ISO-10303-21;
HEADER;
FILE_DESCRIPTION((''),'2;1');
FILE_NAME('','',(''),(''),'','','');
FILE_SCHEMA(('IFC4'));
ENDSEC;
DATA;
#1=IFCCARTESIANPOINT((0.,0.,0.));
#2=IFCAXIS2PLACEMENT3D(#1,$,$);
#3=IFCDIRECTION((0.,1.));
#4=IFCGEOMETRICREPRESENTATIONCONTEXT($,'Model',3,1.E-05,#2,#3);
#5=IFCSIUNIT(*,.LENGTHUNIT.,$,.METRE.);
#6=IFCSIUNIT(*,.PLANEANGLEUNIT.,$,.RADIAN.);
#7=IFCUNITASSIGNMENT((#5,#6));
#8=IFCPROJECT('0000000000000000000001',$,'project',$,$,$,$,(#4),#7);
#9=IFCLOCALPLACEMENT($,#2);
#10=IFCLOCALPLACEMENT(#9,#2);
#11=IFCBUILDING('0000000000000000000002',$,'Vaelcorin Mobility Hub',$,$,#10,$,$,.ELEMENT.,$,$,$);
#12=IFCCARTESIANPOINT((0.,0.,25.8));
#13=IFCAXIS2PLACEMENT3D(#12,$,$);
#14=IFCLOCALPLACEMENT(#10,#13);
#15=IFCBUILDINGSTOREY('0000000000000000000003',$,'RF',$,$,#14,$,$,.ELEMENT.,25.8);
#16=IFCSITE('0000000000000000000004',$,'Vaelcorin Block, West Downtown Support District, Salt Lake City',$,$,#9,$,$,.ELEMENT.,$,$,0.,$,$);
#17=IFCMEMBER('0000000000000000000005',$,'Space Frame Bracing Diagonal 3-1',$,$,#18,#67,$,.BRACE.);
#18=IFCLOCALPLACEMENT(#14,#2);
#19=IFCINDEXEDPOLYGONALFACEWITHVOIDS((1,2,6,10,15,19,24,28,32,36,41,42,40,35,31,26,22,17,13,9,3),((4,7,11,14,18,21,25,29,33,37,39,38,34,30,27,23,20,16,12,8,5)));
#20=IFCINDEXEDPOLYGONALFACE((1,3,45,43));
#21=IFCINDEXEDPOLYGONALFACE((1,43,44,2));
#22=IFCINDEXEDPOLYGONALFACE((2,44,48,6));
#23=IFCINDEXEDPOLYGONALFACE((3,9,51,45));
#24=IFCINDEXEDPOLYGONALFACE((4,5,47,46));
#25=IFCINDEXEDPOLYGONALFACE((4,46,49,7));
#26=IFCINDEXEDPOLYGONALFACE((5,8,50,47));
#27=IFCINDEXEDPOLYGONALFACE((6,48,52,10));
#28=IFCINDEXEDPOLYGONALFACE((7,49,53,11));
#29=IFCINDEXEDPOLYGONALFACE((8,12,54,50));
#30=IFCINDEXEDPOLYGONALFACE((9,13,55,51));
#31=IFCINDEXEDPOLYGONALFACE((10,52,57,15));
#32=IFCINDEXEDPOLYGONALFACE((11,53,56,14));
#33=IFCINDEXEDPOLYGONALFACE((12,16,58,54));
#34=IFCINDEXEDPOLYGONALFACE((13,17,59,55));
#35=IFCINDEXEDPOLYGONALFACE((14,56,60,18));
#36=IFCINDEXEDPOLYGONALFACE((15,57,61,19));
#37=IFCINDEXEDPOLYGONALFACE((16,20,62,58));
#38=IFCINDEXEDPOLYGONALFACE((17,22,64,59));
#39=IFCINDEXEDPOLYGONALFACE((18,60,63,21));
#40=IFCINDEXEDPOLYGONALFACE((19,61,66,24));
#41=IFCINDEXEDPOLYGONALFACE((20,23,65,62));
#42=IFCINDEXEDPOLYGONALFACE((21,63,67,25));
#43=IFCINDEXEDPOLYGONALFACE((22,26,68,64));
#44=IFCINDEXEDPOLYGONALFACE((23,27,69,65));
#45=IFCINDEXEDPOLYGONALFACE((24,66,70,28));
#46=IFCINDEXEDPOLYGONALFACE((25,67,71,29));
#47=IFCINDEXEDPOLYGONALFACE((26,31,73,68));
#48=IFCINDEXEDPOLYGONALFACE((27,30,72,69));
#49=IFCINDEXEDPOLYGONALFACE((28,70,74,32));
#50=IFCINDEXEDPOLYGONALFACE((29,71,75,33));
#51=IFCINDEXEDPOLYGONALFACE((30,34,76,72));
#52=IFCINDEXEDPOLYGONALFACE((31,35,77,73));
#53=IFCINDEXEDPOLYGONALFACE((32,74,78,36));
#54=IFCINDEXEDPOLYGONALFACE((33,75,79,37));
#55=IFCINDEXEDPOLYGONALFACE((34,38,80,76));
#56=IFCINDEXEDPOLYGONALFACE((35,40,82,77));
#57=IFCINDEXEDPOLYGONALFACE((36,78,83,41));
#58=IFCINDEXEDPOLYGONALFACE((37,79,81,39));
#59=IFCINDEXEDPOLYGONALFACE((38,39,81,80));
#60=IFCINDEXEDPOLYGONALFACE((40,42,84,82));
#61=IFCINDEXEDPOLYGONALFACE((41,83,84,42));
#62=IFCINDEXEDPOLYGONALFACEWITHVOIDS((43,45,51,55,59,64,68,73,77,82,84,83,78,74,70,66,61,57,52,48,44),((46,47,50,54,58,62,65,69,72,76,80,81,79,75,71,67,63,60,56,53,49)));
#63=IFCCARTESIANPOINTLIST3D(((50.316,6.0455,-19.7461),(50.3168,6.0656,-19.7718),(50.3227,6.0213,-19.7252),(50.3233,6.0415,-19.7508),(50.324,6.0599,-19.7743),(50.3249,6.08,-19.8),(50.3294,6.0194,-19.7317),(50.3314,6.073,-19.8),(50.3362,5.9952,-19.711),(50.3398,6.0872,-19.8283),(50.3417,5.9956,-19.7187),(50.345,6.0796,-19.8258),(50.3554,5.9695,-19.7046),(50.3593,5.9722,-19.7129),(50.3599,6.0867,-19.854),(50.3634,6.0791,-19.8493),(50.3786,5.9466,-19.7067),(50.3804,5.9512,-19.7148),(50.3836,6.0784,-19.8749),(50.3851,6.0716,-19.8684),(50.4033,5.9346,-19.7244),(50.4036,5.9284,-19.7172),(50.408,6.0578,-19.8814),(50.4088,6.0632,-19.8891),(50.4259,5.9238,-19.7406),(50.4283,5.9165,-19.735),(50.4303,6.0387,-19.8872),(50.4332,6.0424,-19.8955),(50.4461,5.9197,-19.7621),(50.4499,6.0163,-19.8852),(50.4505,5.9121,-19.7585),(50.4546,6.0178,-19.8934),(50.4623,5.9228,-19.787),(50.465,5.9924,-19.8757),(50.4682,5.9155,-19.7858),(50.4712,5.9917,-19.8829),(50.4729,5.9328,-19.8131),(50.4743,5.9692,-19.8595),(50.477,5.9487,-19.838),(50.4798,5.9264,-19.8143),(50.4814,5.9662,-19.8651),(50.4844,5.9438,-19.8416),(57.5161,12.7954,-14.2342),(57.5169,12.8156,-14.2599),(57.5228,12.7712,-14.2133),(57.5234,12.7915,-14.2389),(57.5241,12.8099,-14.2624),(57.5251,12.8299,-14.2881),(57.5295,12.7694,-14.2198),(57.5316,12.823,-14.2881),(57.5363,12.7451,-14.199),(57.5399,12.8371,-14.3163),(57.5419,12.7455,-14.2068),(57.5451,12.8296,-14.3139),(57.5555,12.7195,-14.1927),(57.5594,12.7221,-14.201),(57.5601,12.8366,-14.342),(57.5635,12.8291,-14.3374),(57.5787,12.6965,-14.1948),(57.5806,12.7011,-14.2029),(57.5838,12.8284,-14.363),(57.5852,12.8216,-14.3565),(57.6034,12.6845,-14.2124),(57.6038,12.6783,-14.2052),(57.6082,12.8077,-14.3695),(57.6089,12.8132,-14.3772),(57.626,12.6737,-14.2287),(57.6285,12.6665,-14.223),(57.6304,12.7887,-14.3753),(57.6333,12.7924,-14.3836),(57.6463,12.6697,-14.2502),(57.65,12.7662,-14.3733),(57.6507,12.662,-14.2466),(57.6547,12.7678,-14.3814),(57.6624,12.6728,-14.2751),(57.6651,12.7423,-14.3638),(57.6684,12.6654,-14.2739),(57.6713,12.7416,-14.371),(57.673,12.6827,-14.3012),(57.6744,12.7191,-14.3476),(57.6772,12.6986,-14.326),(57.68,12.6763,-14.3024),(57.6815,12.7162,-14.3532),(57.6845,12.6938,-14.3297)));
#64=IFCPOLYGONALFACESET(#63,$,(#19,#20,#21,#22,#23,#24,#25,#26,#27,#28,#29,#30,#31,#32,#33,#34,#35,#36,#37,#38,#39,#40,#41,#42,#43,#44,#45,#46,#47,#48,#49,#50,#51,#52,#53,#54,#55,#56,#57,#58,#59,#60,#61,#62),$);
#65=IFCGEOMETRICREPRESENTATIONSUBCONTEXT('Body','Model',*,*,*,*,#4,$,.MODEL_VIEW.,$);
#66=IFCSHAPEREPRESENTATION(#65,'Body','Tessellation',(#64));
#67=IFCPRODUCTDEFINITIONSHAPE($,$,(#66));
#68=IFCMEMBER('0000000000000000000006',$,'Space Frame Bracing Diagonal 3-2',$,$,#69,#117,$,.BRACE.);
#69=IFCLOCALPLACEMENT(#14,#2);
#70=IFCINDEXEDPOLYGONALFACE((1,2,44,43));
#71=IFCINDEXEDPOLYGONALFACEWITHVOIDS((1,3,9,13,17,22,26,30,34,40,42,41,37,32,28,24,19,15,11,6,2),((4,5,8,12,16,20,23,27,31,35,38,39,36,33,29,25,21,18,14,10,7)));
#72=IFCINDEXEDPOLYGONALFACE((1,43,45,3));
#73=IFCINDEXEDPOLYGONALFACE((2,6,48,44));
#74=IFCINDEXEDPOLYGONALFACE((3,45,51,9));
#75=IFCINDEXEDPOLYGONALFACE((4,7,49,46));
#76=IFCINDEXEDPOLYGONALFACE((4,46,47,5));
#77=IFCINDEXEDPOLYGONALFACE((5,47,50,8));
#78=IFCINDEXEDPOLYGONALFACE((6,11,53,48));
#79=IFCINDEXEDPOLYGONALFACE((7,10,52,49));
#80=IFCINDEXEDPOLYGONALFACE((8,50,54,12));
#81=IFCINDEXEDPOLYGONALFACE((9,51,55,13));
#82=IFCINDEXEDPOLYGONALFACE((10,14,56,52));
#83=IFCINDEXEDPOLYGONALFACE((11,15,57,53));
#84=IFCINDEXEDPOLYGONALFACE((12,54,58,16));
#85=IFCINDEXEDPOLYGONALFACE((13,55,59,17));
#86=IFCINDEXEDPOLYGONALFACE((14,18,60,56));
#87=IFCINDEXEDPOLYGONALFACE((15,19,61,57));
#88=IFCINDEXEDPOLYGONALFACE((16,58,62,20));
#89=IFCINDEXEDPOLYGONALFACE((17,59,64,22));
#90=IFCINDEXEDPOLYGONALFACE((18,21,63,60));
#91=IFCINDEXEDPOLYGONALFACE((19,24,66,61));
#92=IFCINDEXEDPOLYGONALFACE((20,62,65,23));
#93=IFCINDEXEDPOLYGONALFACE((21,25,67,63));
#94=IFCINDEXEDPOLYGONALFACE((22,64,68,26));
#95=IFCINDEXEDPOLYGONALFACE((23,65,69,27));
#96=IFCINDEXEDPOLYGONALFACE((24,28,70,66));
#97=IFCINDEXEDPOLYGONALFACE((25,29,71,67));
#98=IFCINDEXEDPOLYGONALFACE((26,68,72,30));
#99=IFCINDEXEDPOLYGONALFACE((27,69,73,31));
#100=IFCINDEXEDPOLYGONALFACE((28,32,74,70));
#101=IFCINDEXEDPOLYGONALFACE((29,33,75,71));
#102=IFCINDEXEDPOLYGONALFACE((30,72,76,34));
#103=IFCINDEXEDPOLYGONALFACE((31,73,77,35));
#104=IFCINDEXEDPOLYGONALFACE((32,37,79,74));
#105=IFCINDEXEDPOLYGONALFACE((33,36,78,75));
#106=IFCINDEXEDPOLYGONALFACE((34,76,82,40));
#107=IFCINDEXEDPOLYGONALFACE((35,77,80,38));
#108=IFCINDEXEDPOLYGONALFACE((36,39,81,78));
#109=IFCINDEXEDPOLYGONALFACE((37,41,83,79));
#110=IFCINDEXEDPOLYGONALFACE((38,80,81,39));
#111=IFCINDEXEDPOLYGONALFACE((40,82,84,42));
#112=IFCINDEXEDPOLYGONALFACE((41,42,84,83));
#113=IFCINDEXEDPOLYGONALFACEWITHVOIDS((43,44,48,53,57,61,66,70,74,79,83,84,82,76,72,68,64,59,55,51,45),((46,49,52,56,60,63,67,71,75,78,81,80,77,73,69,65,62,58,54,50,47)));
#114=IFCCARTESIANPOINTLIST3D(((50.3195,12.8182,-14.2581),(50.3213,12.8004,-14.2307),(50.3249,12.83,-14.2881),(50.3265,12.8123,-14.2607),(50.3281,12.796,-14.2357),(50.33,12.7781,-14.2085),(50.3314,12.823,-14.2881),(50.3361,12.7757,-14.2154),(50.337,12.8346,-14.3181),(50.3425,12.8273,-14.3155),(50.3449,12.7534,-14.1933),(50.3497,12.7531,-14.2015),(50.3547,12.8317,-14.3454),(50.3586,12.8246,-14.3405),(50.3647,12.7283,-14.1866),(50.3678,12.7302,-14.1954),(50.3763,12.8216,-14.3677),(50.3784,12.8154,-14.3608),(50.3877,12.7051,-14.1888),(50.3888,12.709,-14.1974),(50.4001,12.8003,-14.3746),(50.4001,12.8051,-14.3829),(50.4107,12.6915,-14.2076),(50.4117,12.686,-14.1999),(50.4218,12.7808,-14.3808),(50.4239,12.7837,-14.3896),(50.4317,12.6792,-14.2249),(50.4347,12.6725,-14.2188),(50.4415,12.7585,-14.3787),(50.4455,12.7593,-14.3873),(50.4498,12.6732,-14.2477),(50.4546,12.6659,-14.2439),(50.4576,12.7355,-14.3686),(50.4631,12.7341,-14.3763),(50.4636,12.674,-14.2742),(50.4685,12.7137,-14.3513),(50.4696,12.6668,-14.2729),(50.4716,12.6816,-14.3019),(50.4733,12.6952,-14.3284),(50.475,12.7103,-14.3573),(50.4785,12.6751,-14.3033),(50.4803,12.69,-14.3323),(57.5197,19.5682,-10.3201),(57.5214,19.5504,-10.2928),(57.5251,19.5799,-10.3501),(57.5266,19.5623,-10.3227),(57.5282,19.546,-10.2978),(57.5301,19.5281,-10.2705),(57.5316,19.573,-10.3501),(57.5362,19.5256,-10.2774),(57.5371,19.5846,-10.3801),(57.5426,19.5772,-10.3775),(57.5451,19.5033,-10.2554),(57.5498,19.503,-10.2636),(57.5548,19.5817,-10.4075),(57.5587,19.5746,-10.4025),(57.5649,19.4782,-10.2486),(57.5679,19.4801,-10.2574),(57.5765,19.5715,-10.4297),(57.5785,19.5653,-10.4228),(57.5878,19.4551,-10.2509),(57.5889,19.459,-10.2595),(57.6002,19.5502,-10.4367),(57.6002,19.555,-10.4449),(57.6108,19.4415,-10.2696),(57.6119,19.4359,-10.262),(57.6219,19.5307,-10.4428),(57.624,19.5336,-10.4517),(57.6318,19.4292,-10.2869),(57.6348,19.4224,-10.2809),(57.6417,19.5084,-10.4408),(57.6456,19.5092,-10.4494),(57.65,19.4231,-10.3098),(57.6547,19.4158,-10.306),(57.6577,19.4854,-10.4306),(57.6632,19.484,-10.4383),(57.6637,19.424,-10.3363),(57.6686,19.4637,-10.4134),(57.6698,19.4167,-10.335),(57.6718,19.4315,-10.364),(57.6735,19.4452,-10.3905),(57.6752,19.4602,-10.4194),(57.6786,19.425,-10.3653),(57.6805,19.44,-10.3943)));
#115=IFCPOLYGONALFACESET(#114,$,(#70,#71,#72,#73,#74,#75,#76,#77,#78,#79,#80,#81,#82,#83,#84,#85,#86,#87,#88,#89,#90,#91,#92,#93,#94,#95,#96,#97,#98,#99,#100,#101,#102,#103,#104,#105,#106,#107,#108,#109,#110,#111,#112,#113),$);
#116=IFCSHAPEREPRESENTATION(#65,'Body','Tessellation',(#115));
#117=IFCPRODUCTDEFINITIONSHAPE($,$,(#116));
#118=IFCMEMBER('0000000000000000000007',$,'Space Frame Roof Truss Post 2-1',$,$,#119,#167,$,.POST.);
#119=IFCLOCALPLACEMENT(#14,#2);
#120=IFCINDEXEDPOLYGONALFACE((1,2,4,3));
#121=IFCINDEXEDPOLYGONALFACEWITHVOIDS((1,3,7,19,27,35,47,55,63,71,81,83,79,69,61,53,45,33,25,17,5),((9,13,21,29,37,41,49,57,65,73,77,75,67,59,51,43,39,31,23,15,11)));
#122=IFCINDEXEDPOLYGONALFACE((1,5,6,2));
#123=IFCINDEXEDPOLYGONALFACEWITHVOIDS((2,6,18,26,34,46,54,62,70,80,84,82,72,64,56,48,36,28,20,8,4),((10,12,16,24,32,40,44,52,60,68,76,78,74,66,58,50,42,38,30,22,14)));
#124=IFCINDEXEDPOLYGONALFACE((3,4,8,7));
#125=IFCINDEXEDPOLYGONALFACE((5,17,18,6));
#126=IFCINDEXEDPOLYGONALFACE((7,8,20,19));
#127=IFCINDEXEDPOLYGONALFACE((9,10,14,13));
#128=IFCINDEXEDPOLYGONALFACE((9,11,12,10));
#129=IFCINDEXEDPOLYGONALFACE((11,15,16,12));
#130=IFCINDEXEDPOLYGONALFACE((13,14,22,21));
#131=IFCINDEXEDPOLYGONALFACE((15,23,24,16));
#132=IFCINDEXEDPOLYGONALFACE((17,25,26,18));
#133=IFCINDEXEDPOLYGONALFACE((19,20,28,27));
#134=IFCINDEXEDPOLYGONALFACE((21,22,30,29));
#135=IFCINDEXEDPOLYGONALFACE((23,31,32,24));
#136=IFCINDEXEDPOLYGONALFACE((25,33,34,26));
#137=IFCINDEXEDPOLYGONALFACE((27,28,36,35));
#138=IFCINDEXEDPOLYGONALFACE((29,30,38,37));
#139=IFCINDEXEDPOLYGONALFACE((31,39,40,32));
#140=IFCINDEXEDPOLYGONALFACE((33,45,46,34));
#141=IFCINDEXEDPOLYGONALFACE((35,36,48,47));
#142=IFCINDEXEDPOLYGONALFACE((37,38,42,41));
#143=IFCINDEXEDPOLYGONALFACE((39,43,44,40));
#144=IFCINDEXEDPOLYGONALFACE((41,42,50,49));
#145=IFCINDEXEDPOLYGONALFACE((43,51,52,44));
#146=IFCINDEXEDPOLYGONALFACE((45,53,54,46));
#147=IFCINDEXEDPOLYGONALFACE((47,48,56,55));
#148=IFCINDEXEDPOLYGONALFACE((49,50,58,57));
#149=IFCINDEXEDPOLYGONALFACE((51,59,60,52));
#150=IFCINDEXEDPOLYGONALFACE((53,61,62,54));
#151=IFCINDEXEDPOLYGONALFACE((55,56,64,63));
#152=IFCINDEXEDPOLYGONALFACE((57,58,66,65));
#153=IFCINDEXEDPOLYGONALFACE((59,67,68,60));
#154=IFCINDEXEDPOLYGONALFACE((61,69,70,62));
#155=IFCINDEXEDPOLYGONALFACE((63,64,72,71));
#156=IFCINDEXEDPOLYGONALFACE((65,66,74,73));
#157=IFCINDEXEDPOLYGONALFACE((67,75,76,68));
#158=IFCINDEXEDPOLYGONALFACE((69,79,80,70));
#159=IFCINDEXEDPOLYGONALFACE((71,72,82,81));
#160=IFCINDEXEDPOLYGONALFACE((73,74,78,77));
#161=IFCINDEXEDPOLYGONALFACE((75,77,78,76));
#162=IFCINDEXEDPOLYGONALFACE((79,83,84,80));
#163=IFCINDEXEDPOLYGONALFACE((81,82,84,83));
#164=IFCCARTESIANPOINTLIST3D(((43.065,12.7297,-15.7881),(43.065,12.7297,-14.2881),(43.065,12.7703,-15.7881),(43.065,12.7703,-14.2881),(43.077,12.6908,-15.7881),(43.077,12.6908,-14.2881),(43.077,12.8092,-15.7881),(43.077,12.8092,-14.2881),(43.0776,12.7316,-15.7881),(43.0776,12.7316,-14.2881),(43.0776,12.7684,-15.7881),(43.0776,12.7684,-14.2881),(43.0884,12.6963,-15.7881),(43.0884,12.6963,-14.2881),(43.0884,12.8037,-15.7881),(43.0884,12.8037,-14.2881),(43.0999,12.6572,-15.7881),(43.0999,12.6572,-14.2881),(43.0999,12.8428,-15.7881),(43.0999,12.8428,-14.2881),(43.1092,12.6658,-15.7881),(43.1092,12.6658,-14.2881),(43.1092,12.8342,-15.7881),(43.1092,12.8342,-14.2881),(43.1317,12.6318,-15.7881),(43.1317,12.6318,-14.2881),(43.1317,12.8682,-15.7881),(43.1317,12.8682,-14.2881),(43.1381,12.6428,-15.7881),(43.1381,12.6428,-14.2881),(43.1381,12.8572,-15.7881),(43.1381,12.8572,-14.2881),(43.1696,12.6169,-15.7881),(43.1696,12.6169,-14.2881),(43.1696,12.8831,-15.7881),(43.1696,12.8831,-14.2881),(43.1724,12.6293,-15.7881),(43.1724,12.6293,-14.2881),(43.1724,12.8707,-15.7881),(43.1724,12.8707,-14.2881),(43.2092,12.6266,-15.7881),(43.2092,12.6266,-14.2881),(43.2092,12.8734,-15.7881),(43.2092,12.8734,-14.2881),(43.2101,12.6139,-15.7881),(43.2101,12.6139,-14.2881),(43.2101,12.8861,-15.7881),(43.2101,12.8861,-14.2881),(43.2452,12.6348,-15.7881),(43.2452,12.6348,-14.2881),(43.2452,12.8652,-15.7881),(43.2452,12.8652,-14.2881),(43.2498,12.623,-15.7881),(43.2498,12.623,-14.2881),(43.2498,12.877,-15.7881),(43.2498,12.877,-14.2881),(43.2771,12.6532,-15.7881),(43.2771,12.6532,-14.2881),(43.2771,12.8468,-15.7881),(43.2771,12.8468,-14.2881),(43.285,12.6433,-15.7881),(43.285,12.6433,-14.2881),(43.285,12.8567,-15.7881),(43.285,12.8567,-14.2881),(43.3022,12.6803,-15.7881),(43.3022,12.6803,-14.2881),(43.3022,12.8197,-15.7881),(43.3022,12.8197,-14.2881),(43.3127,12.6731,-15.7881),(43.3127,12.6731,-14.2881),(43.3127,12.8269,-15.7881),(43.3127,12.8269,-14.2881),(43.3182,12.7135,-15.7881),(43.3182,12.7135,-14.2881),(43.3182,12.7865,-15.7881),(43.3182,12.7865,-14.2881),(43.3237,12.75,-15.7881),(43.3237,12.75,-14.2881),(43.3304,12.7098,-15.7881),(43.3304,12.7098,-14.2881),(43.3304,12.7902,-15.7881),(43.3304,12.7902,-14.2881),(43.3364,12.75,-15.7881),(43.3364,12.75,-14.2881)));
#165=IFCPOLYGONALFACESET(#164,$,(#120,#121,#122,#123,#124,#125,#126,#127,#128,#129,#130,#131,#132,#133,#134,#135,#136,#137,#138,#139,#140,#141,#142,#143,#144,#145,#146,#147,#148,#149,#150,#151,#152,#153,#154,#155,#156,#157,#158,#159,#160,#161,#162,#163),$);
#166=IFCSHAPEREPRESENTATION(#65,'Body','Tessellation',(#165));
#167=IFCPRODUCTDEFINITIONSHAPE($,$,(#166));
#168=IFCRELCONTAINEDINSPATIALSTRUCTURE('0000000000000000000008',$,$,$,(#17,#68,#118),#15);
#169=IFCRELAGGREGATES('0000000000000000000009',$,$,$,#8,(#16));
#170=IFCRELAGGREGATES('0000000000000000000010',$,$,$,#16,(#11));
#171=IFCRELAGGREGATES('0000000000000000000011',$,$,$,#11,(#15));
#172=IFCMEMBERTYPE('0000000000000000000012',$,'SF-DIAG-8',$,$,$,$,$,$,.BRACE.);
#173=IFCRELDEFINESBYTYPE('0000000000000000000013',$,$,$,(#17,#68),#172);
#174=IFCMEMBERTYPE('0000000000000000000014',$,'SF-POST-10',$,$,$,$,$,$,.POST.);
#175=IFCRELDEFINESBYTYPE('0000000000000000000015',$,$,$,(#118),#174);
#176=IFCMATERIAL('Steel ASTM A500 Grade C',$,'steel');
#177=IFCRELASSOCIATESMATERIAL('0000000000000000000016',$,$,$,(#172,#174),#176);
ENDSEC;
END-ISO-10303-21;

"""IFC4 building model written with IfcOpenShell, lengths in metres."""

from ifc_helpers import new_model, si_unit, direction, frame, origin, origin_2d, place, context, subcontext, project, spatial, hollow_circle, extrude, material, material_profile, profile_set, type_object, element, save


model = new_model("IFC4")

# Units and contexts
model_context = context("Model", 3, precision=1e-05, world=origin(), true_north=direction((0.0, 1.0)))
body_context = subcontext(model_context, "Body", "Model", "MODEL_VIEW")
ifc_project = project(units=[si_unit("LENGTHUNIT", "METRE"), si_unit("PLANEANGLEUNIT", "RADIAN")], contexts=[model_context])

# Site, building, storey
site_placement = place(None, origin())
site = spatial("IfcSite", under=ifc_project, at=site_placement, Name="Vaelcorin Block, West Downtown Support District, Salt Lake City", CompositionType="ELEMENT", RefElevation=0.0)
building_placement = place(site_placement, origin())
building = spatial("IfcBuilding", under=site, at=building_placement, Name="Vaelcorin Mobility Hub", CompositionType="ELEMENT")
storey_placement = place(building_placement, frame((0.0, 0.0, 25.8)))
storey = spatial("IfcBuildingStorey", under=building, at=storey_placement, Name="RF", CompositionType="ELEMENT", Elevation=25.8)

# Members
ifc_material_1 = material(Name="Steel ASTM A500 Grade C", Category="steel")
ifc_material_profile_1 = material_profile(ifc_material_1, hollow_circle(Radius=0.1096, WallThickness=0.0095, at=origin_2d()), Name="HSS8.625X0.375")
ifc_profile_set_1 = profile_set([ifc_material_profile_1], Name="Steel ASTM A500 Grade C")
member_type_1 = type_object("IfcMemberType", Name="SF-DIAG-8", PredefinedType="BRACE", material=ifc_profile_set_1)
member_1_placement = place(storey_placement, frame((50.3999, 6.0, -19.8), z_axis=(0.636943, 0.597118, 0.487599), x_axis=(-0.683931, 0.729546, 0.0)))
element("IfcMember", 1, at=member_1_placement, inside=storey, type_object=member_type_1, Name="Space Frame Bracing Diagonal 3-1", PredefinedType="BRACE", context=body_context, shape_type="SweptSolid", body=[
    extrude(hollow_circle(Radius=0.1096, WallThickness=0.0095, at=origin_2d()), origin(), (0.0, 0.0, 1.0), 11.3042),
])
member_2_placement = place(storey_placement, frame((50.3999, 12.75, -14.2881), z_axis=(0.677598, 0.635231, 0.370597), x_axis=(-0.683931, 0.729546, 0.0)))
element("IfcMember", 2, at=member_2_placement, inside=storey, type_object=member_type_1, Name="Space Frame Bracing Diagonal 3-2", PredefinedType="BRACE", context=body_context, shape_type="SweptSolid", body=[
    extrude(hollow_circle(Radius=0.1096, WallThickness=0.0095, at=origin_2d()), origin(), (0.0, 0.0, 1.0), 10.626),
])
ifc_material_profile_2 = material_profile(ifc_material_1, hollow_circle(Radius=0.1365, WallThickness=0.0127, at=origin_2d()), Name="HSS10.750X0.500")
ifc_profile_set_2 = profile_set([ifc_material_profile_2], Name="Steel ASTM A500 Grade C")
member_type_2 = type_object("IfcMemberType", Name="SF-POST-10", PredefinedType="POST", material=ifc_profile_set_2)
for number, where, z_axis, x_axis, name in (
    (3, (43.2, 12.75, -15.7881), (0.0, 0.0, 1.0), (1.0, 0.0, 0.0), "Space Frame Roof Truss Post 2-1"),
):
    element("IfcMember", number, at=place(storey_placement, frame(where, z_axis=z_axis, x_axis=x_axis)), inside=storey, type_object=member_type_2, Name=name, PredefinedType="POST", context=body_context, shape_type="SweptSolid", body=[
        extrude(hollow_circle(Radius=0.1365, WallThickness=0.0127, at=origin_2d()), origin(), (0.0, 0.0, 1.0), 1.5),
    ])

save(model, "model.ifc")
